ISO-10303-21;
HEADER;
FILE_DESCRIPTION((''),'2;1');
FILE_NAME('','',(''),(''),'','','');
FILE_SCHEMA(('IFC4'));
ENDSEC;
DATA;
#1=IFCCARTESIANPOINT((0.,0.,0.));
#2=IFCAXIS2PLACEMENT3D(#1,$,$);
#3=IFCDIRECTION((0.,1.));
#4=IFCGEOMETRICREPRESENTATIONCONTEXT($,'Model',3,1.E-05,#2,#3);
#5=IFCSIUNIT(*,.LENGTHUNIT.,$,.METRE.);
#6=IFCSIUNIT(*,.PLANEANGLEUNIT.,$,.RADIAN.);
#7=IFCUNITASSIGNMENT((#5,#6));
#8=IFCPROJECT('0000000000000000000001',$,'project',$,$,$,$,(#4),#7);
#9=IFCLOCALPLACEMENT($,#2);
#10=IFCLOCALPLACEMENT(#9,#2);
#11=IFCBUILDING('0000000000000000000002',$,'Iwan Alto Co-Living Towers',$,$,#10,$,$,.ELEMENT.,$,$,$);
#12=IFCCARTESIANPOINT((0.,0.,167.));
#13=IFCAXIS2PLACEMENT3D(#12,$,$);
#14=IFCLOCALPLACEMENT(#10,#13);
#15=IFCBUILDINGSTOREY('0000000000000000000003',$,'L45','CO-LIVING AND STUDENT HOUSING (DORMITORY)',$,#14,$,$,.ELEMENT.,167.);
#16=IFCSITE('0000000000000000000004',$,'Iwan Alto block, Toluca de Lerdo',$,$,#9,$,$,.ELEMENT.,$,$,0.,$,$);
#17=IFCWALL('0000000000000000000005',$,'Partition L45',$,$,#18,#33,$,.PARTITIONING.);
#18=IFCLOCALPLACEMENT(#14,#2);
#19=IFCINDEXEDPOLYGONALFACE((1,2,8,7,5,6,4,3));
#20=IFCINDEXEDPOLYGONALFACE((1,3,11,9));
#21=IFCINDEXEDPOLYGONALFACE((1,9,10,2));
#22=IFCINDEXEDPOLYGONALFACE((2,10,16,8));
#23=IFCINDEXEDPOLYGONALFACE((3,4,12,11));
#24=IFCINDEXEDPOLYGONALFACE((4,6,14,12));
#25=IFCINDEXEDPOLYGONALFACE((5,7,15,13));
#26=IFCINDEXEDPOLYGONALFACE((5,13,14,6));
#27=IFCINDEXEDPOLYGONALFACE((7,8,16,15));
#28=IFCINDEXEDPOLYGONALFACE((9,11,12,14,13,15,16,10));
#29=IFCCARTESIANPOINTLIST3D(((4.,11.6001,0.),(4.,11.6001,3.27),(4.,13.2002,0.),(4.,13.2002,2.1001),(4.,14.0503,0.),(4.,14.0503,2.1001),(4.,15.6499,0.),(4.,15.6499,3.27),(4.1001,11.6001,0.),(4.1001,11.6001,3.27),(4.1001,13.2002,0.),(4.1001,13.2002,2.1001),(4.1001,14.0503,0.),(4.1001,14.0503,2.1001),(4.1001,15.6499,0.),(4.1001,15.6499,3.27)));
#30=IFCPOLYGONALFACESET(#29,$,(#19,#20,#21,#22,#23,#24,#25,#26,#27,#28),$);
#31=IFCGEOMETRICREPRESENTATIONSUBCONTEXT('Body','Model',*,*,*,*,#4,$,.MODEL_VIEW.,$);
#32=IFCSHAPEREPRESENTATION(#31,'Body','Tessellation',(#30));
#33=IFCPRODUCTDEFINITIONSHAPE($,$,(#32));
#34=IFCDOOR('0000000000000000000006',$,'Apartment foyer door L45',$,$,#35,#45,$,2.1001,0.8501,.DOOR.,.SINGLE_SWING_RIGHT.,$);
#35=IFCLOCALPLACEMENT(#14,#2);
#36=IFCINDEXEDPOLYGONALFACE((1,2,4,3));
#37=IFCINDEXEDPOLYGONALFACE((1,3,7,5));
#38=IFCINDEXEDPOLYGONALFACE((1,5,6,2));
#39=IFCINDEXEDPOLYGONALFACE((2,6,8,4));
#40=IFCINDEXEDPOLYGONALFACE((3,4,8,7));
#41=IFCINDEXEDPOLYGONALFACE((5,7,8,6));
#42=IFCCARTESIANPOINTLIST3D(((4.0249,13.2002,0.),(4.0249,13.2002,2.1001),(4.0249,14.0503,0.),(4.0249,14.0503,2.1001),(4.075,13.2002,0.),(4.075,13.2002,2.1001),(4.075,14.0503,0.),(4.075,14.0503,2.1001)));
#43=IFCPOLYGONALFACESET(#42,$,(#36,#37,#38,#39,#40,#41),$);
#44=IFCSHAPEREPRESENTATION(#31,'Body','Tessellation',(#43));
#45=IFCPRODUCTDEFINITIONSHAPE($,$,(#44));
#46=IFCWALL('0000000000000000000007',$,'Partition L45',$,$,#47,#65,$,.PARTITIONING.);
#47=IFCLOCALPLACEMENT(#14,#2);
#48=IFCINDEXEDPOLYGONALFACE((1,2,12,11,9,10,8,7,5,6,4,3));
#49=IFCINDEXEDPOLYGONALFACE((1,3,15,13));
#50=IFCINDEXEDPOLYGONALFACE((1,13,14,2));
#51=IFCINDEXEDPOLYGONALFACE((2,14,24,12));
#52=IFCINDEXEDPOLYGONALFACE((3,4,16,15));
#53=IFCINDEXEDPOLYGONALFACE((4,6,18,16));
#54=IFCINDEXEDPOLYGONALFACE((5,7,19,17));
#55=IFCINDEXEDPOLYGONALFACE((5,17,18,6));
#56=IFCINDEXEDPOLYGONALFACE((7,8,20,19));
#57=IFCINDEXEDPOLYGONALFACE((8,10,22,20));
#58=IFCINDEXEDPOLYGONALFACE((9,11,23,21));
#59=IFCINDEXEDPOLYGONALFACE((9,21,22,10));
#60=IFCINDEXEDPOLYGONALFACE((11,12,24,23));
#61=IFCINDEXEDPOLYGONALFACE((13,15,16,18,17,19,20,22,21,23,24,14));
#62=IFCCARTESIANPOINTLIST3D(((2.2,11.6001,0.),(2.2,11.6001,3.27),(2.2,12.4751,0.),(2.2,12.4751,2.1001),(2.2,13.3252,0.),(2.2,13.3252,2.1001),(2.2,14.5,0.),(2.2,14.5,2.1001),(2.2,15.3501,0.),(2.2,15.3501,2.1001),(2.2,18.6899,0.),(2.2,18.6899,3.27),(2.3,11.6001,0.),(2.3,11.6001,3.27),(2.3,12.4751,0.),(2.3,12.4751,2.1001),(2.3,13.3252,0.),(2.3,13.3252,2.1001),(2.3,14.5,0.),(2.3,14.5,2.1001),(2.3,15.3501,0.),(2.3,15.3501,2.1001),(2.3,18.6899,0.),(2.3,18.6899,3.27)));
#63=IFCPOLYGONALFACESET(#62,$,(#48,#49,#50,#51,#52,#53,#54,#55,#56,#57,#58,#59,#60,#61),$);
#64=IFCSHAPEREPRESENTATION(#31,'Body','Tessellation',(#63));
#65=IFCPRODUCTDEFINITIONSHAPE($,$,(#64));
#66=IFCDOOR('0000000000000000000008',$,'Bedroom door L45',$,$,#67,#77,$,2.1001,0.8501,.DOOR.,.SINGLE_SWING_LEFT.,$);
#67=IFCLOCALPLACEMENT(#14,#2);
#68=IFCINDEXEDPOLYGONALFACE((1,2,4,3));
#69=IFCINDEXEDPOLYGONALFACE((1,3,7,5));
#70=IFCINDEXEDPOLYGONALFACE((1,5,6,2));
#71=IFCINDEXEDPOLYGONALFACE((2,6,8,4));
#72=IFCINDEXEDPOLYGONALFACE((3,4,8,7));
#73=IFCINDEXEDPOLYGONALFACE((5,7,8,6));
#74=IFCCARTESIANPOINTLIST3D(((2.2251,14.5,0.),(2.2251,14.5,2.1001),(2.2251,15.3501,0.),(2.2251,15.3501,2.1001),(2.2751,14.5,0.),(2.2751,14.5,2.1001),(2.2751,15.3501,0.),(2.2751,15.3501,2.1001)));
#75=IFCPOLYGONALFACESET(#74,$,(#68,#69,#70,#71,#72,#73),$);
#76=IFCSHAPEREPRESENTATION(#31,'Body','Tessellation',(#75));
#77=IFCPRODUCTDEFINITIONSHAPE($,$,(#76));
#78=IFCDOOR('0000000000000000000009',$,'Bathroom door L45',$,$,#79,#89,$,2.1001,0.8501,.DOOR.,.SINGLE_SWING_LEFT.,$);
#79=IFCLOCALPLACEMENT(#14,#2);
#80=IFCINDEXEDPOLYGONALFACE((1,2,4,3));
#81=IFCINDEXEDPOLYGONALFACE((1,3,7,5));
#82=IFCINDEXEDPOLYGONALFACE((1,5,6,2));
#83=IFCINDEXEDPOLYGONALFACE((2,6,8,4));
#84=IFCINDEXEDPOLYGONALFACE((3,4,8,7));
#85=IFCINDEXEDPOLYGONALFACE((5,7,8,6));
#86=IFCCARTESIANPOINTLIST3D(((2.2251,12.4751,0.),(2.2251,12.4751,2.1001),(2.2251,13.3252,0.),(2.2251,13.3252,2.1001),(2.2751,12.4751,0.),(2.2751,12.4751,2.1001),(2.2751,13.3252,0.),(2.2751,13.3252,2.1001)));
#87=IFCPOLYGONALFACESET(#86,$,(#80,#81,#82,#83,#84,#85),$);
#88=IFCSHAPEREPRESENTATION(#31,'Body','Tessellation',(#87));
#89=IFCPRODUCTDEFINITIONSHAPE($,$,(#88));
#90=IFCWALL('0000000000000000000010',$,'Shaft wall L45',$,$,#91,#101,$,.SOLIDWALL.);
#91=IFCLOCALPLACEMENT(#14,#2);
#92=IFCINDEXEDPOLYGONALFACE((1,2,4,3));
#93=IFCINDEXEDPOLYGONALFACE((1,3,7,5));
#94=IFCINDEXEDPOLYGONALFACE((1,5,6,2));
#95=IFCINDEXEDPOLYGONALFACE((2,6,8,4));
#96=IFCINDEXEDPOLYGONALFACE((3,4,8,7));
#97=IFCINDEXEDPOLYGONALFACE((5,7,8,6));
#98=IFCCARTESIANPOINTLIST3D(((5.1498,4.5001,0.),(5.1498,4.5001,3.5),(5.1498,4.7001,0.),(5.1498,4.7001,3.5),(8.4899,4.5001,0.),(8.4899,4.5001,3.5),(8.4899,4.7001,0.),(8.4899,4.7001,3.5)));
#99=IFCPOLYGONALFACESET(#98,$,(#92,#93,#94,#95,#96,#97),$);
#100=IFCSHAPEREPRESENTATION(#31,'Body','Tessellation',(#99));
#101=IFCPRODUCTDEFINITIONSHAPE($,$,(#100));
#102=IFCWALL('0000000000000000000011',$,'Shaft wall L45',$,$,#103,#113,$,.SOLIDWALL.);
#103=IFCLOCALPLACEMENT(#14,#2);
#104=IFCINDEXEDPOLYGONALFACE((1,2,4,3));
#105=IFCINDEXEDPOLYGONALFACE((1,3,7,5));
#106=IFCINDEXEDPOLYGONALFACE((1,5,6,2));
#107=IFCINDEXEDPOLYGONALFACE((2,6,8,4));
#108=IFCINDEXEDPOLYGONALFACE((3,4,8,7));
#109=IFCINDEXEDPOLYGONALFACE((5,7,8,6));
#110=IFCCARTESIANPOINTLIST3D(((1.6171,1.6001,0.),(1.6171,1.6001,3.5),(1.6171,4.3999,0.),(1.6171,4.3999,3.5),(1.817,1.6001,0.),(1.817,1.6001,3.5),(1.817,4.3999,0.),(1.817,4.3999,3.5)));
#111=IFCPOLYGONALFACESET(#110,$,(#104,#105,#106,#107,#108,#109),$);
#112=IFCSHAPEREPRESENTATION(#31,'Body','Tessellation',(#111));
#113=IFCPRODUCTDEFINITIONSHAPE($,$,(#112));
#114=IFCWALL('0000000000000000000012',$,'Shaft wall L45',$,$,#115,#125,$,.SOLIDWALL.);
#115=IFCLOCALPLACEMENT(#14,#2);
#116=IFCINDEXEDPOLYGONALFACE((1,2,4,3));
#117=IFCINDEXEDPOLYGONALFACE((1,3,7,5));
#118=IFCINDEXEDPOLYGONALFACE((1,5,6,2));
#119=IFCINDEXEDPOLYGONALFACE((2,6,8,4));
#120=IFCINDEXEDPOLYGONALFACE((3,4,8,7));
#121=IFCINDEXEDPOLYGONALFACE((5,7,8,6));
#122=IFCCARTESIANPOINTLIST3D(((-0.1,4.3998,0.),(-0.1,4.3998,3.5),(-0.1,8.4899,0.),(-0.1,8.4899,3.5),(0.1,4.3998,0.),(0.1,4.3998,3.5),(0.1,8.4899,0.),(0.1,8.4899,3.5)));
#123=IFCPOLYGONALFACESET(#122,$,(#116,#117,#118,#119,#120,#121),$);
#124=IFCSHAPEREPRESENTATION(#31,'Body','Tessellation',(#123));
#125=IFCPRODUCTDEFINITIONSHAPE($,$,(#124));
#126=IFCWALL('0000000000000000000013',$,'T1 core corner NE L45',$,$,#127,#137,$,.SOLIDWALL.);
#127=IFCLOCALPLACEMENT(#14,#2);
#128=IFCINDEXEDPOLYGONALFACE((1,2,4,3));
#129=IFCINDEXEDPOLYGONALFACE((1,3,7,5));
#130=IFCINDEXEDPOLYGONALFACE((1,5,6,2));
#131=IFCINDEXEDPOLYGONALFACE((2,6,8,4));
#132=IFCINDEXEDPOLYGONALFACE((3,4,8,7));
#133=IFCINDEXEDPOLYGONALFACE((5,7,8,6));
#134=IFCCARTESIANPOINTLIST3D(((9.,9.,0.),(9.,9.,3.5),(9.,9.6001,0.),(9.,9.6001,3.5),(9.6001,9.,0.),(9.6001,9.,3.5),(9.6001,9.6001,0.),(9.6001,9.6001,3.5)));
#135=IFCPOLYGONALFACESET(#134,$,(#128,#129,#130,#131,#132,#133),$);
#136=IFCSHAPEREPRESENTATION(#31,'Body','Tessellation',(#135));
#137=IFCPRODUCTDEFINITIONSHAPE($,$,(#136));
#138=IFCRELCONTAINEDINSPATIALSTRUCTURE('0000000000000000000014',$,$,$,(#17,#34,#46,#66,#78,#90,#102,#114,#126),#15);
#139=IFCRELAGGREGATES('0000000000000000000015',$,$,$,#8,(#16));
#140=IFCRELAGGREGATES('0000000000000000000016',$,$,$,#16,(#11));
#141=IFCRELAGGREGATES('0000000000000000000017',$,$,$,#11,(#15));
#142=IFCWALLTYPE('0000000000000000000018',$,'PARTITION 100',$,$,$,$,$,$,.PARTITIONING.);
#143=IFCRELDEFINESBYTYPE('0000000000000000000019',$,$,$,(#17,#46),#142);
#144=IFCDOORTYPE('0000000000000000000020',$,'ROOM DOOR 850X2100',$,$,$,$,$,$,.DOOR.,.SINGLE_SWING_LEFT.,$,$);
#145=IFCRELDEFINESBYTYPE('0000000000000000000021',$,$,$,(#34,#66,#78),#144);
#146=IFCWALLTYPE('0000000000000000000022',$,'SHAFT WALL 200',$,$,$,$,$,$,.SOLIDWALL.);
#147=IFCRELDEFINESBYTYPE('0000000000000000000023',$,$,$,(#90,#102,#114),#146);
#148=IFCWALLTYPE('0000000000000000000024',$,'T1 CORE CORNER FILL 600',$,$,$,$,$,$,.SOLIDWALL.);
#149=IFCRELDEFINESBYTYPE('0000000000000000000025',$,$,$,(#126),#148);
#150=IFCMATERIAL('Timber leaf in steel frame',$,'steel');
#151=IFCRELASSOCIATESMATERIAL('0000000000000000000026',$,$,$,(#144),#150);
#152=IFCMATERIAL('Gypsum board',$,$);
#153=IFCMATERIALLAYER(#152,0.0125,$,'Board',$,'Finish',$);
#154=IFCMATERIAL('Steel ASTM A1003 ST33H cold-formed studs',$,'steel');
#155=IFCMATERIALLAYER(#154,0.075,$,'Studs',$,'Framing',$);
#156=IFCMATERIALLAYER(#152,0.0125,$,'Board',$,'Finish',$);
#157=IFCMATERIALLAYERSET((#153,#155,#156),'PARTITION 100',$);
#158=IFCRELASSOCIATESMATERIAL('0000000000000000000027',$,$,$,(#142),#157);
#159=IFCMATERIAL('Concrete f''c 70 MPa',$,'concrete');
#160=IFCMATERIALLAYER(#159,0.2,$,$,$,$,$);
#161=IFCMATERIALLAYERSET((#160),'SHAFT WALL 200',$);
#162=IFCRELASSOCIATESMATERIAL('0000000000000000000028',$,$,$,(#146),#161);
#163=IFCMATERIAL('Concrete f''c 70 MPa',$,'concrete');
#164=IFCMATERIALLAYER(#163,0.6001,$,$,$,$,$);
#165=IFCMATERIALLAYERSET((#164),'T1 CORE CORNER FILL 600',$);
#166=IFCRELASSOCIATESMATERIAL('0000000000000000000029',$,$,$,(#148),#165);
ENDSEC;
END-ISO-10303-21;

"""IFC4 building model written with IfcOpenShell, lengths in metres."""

from ifc_helpers import new_model, si_unit, direction, frame, frame_2d, origin, place, context, subcontext, project, spatial, rectangle, extrude, material, layer, layer_set, type_object, element, fill, save


model = new_model("IFC4")

# Units and contexts
model_context = context("Model", 3, precision=1e-05, world=origin(), true_north=direction((0.0, 1.0)))
body_context = subcontext(model_context, "Body", "Model", "MODEL_VIEW")
ifc_project = project(units=[si_unit("LENGTHUNIT", "METRE"), si_unit("PLANEANGLEUNIT", "RADIAN")], contexts=[model_context])

# Site, building, storey
site_placement = place(None, origin())
site = spatial("IfcSite", under=ifc_project, at=site_placement, Name="Iwan Alto block, Toluca de Lerdo", CompositionType="ELEMENT", RefElevation=0.0)
building_placement = place(site_placement, origin())
building = spatial("IfcBuilding", under=site, at=building_placement, Name="Iwan Alto Co-Living Towers", CompositionType="ELEMENT")
storey_placement = place(building_placement, frame((0.0, 0.0, 167.0)))
storey = spatial("IfcBuildingStorey", under=building, at=storey_placement, Name="L45", Description="CO-LIVING AND STUDENT HOUSING (DORMITORY)", CompositionType="ELEMENT", Elevation=167.0)

# Shared definitions
ifc_material_1 = material(Name="Gypsum board")
ifc_material_2 = material(Name="Steel ASTM A1003 ST33H cold-formed studs", Category="steel")
ifc_material_3 = material(Name="Timber leaf in steel frame", Category="steel")
door_type_1 = type_object("IfcDoorType", Name="ROOM DOOR 850X2100", OperationType="SINGLE_SWING_LEFT", PredefinedType="DOOR", material=ifc_material_3)

# Shared definitions
ifc_layer_1 = layer(ifc_material_1, 0.0125, Name="Board", Category="Finish")
ifc_layer_2 = layer(ifc_material_2, 0.075, Name="Studs", Category="Framing")
ifc_layer_3 = layer(ifc_material_1, 0.0125, Name="Board", Category="Finish")
ifc_layer_set_1 = layer_set([ifc_layer_1, ifc_layer_2, ifc_layer_3], Name="PARTITION 100")
wall_type_1 = type_object("IfcWallType", Name="PARTITION 100", PredefinedType="PARTITIONING", material=ifc_layer_set_1)

# Wall, opening, door
wall_1_placement = place(storey_placement, frame((4.05, 11.6001, 0.0), z_axis=(0.0, 0.0, 1.0), x_axis=(0.0, 1.0, 0.0)))
wall_1 = element("IfcWall", 1, at=wall_1_placement, inside=storey, type_object=wall_type_1, Name="Partition L45", PredefinedType="PARTITIONING", context=body_context, shape_type="SweptSolid", body=[
    extrude(rectangle(XDim=4.0498, YDim=0.1001, at=frame_2d((2.0249, 0.0))), origin(), (0.0, 0.0, 1.0), 3.27),
])
opening_1_placement = place(wall_1_placement, frame((1.6001, 0.0, 0.0)))
opening_1 = element("IfcOpeningElement", 2, at=opening_1_placement, cuts=wall_1, PredefinedType="OPENING", context=body_context, shape_type="SweptSolid", body=[
    extrude(rectangle(XDim=0.8501, YDim=2.1001, at=frame_2d((0.425, 1.05))), frame((0.0, 0.0601, 0.0), z_axis=(0.0, -1.0, 0.0), x_axis=(1.0, 0.0, 0.0)), (0.0, 0.0, 1.0), 0.1201),
])
door_1_placement = place(opening_1_placement, frame((0.8501, 0.0, 0.0), z_axis=(0.0, 0.0, 1.0), x_axis=(-1.0, 0.0, 0.0)))
door_1 = element("IfcDoor", 3, at=door_1_placement, inside=storey, type_object=door_type_1, Name="Apartment foyer door L45", OperationType="SINGLE_SWING_RIGHT", OverallHeight=2.1001, OverallWidth=0.8501, PredefinedType="DOOR", context=body_context, shape_type="SweptSolid", body=[
    extrude(rectangle(XDim=0.8501, YDim=2.1001, at=frame_2d((0.425, 1.05))), frame((0.0, 0.0249, 0.0), z_axis=(0.0, -1.0, 0.0), x_axis=(1.0, 0.0, 0.0)), (0.0, 0.0, 1.0), 0.05),
])
fill(opening_1, door_1)

# Wall, openings, doors
wall_2_placement = place(storey_placement, frame((2.25, 11.6001, 0.0), z_axis=(0.0, 0.0, 1.0), x_axis=(0.0, 1.0, 0.0)))
wall_2 = element("IfcWall", 4, at=wall_2_placement, inside=storey, type_object=wall_type_1, Name="Partition L45", PredefinedType="PARTITIONING", context=body_context, shape_type="SweptSolid", body=[
    extrude(rectangle(XDim=7.0898, YDim=0.1001, at=frame_2d((3.5449, 0.0))), origin(), (0.0, 0.0, 1.0), 3.27),
])
opening_2_placement = place(wall_2_placement, frame((2.8999, 0.0, 0.0)))
opening_2 = element("IfcOpeningElement", 5, at=opening_2_placement, cuts=wall_2, PredefinedType="OPENING", context=body_context, shape_type="SweptSolid", body=[
    extrude(rectangle(XDim=0.8501, YDim=2.1001, at=frame_2d((0.425, 1.05))), frame((0.0, 0.0601, 0.0), z_axis=(0.0, -1.0, 0.0), x_axis=(1.0, 0.0, 0.0)), (0.0, 0.0, 1.0), 0.1201),
])
opening_3_placement = place(wall_2_placement, frame((0.875, 0.0, 0.0)))
opening_3 = element("IfcOpeningElement", 6, at=opening_3_placement, cuts=wall_2, PredefinedType="OPENING", context=body_context, shape_type="SweptSolid", body=[
    extrude(rectangle(XDim=0.8501, YDim=2.1001, at=frame_2d((0.425, 1.05))), frame((0.0, 0.0601, 0.0), z_axis=(0.0, -1.0, 0.0), x_axis=(1.0, 0.0, 0.0)), (0.0, 0.0, 1.0), 0.1201),
])
door_2_placement = place(opening_2_placement, origin())
door_2 = element("IfcDoor", 7, at=door_2_placement, inside=storey, type_object=door_type_1, Name="Bedroom door L45", OperationType="SINGLE_SWING_LEFT", OverallHeight=2.1001, OverallWidth=0.8501, PredefinedType="DOOR", context=body_context, shape_type="SweptSolid", body=[
    extrude(rectangle(XDim=0.8501, YDim=2.1001, at=frame_2d((0.425, 1.05))), frame((0.0, 0.0249, 0.0), z_axis=(0.0, -1.0, 0.0), x_axis=(1.0, 0.0, 0.0)), (0.0, 0.0, 1.0), 0.05),
])
fill(opening_2, door_2)
door_3_placement = place(opening_3_placement, origin())
door_3 = element("IfcDoor", 8, at=door_3_placement, inside=storey, type_object=door_type_1, Name="Bathroom door L45", OperationType="SINGLE_SWING_LEFT", OverallHeight=2.1001, OverallWidth=0.8501, PredefinedType="DOOR", context=body_context, shape_type="SweptSolid", body=[
    extrude(rectangle(XDim=0.8501, YDim=2.1001, at=frame_2d((0.425, 1.05))), frame((0.0, 0.0249, 0.0), z_axis=(0.0, -1.0, 0.0), x_axis=(1.0, 0.0, 0.0)), (0.0, 0.0, 1.0), 0.05),
])
fill(opening_3, door_3)

# Walls
ifc_material_4 = material(Name="Concrete f'c 70 MPa", Category="concrete")
ifc_layer_4 = layer(ifc_material_4, 0.2)
ifc_layer_set_2 = layer_set([ifc_layer_4], Name="SHAFT WALL 200")
wall_type_2 = type_object("IfcWallType", Name="SHAFT WALL 200", PredefinedType="SOLIDWALL", material=ifc_layer_set_2)
wall_3_placement = place(storey_placement, frame((5.1499, 4.6001, 0.0), z_axis=(0.0, 0.0, 1.0), x_axis=(1.0, 0.0, 0.0)))
element("IfcWall", 9, at=wall_3_placement, inside=storey, type_object=wall_type_2, Name="Shaft wall L45", PredefinedType="SOLIDWALL", context=body_context, shape_type="SweptSolid", body=[
    extrude(rectangle(XDim=3.3401, YDim=0.2, at=frame_2d((1.6699, 0.0))), origin(), (0.0, 0.0, 1.0), 3.5),
])
wall_4_placement = place(storey_placement, frame((1.717, 1.6001, 0.0), z_axis=(0.0, 0.0, 1.0), x_axis=(0.0, 1.0, 0.0)))
element("IfcWall", 10, at=wall_4_placement, inside=storey, type_object=wall_type_2, Name="Shaft wall L45", PredefinedType="SOLIDWALL", context=body_context, shape_type="SweptSolid", body=[
    extrude(rectangle(XDim=2.7998, YDim=0.2, at=frame_2d((1.3999, 0.0))), origin(), (0.0, 0.0, 1.0), 3.5),
])
wall_5_placement = place(storey_placement, frame((0.0, 4.3999, 0.0), z_axis=(0.0, 0.0, 1.0), x_axis=(0.0, 1.0, 0.0)))
element("IfcWall", 11, at=wall_5_placement, inside=storey, type_object=wall_type_2, Name="Shaft wall L45", PredefinedType="SOLIDWALL", context=body_context, shape_type="SweptSolid", body=[
    extrude(rectangle(XDim=4.0901, YDim=0.2, at=frame_2d((2.0449, 0.0))), origin(), (0.0, 0.0, 1.0), 3.5),
])
ifc_material_5 = material(Name="Concrete f'c 70 MPa", Category="concrete")
ifc_layer_5 = layer(ifc_material_5, 0.6001)
ifc_layer_set_3 = layer_set([ifc_layer_5], Name="T1 CORE CORNER FILL 600")
wall_type_3 = type_object("IfcWallType", Name="T1 CORE CORNER FILL 600", PredefinedType="SOLIDWALL", material=ifc_layer_set_3)
wall_6_placement = place(storey_placement, frame((9.0, 9.3, 0.0), z_axis=(0.0, 0.0, 1.0), x_axis=(1.0, 0.0, 0.0)))
element("IfcWall", 12, at=wall_6_placement, inside=storey, type_object=wall_type_3, Name="T1 core corner NE L45", PredefinedType="SOLIDWALL", context=body_context, shape_type="SweptSolid", body=[
    extrude(rectangle(XDim=0.6001, YDim=0.6001, at=frame_2d((0.3, 0.0))), origin(), (0.0, 0.0, 1.0), 3.5),
])

save(model, "model.ifc")
